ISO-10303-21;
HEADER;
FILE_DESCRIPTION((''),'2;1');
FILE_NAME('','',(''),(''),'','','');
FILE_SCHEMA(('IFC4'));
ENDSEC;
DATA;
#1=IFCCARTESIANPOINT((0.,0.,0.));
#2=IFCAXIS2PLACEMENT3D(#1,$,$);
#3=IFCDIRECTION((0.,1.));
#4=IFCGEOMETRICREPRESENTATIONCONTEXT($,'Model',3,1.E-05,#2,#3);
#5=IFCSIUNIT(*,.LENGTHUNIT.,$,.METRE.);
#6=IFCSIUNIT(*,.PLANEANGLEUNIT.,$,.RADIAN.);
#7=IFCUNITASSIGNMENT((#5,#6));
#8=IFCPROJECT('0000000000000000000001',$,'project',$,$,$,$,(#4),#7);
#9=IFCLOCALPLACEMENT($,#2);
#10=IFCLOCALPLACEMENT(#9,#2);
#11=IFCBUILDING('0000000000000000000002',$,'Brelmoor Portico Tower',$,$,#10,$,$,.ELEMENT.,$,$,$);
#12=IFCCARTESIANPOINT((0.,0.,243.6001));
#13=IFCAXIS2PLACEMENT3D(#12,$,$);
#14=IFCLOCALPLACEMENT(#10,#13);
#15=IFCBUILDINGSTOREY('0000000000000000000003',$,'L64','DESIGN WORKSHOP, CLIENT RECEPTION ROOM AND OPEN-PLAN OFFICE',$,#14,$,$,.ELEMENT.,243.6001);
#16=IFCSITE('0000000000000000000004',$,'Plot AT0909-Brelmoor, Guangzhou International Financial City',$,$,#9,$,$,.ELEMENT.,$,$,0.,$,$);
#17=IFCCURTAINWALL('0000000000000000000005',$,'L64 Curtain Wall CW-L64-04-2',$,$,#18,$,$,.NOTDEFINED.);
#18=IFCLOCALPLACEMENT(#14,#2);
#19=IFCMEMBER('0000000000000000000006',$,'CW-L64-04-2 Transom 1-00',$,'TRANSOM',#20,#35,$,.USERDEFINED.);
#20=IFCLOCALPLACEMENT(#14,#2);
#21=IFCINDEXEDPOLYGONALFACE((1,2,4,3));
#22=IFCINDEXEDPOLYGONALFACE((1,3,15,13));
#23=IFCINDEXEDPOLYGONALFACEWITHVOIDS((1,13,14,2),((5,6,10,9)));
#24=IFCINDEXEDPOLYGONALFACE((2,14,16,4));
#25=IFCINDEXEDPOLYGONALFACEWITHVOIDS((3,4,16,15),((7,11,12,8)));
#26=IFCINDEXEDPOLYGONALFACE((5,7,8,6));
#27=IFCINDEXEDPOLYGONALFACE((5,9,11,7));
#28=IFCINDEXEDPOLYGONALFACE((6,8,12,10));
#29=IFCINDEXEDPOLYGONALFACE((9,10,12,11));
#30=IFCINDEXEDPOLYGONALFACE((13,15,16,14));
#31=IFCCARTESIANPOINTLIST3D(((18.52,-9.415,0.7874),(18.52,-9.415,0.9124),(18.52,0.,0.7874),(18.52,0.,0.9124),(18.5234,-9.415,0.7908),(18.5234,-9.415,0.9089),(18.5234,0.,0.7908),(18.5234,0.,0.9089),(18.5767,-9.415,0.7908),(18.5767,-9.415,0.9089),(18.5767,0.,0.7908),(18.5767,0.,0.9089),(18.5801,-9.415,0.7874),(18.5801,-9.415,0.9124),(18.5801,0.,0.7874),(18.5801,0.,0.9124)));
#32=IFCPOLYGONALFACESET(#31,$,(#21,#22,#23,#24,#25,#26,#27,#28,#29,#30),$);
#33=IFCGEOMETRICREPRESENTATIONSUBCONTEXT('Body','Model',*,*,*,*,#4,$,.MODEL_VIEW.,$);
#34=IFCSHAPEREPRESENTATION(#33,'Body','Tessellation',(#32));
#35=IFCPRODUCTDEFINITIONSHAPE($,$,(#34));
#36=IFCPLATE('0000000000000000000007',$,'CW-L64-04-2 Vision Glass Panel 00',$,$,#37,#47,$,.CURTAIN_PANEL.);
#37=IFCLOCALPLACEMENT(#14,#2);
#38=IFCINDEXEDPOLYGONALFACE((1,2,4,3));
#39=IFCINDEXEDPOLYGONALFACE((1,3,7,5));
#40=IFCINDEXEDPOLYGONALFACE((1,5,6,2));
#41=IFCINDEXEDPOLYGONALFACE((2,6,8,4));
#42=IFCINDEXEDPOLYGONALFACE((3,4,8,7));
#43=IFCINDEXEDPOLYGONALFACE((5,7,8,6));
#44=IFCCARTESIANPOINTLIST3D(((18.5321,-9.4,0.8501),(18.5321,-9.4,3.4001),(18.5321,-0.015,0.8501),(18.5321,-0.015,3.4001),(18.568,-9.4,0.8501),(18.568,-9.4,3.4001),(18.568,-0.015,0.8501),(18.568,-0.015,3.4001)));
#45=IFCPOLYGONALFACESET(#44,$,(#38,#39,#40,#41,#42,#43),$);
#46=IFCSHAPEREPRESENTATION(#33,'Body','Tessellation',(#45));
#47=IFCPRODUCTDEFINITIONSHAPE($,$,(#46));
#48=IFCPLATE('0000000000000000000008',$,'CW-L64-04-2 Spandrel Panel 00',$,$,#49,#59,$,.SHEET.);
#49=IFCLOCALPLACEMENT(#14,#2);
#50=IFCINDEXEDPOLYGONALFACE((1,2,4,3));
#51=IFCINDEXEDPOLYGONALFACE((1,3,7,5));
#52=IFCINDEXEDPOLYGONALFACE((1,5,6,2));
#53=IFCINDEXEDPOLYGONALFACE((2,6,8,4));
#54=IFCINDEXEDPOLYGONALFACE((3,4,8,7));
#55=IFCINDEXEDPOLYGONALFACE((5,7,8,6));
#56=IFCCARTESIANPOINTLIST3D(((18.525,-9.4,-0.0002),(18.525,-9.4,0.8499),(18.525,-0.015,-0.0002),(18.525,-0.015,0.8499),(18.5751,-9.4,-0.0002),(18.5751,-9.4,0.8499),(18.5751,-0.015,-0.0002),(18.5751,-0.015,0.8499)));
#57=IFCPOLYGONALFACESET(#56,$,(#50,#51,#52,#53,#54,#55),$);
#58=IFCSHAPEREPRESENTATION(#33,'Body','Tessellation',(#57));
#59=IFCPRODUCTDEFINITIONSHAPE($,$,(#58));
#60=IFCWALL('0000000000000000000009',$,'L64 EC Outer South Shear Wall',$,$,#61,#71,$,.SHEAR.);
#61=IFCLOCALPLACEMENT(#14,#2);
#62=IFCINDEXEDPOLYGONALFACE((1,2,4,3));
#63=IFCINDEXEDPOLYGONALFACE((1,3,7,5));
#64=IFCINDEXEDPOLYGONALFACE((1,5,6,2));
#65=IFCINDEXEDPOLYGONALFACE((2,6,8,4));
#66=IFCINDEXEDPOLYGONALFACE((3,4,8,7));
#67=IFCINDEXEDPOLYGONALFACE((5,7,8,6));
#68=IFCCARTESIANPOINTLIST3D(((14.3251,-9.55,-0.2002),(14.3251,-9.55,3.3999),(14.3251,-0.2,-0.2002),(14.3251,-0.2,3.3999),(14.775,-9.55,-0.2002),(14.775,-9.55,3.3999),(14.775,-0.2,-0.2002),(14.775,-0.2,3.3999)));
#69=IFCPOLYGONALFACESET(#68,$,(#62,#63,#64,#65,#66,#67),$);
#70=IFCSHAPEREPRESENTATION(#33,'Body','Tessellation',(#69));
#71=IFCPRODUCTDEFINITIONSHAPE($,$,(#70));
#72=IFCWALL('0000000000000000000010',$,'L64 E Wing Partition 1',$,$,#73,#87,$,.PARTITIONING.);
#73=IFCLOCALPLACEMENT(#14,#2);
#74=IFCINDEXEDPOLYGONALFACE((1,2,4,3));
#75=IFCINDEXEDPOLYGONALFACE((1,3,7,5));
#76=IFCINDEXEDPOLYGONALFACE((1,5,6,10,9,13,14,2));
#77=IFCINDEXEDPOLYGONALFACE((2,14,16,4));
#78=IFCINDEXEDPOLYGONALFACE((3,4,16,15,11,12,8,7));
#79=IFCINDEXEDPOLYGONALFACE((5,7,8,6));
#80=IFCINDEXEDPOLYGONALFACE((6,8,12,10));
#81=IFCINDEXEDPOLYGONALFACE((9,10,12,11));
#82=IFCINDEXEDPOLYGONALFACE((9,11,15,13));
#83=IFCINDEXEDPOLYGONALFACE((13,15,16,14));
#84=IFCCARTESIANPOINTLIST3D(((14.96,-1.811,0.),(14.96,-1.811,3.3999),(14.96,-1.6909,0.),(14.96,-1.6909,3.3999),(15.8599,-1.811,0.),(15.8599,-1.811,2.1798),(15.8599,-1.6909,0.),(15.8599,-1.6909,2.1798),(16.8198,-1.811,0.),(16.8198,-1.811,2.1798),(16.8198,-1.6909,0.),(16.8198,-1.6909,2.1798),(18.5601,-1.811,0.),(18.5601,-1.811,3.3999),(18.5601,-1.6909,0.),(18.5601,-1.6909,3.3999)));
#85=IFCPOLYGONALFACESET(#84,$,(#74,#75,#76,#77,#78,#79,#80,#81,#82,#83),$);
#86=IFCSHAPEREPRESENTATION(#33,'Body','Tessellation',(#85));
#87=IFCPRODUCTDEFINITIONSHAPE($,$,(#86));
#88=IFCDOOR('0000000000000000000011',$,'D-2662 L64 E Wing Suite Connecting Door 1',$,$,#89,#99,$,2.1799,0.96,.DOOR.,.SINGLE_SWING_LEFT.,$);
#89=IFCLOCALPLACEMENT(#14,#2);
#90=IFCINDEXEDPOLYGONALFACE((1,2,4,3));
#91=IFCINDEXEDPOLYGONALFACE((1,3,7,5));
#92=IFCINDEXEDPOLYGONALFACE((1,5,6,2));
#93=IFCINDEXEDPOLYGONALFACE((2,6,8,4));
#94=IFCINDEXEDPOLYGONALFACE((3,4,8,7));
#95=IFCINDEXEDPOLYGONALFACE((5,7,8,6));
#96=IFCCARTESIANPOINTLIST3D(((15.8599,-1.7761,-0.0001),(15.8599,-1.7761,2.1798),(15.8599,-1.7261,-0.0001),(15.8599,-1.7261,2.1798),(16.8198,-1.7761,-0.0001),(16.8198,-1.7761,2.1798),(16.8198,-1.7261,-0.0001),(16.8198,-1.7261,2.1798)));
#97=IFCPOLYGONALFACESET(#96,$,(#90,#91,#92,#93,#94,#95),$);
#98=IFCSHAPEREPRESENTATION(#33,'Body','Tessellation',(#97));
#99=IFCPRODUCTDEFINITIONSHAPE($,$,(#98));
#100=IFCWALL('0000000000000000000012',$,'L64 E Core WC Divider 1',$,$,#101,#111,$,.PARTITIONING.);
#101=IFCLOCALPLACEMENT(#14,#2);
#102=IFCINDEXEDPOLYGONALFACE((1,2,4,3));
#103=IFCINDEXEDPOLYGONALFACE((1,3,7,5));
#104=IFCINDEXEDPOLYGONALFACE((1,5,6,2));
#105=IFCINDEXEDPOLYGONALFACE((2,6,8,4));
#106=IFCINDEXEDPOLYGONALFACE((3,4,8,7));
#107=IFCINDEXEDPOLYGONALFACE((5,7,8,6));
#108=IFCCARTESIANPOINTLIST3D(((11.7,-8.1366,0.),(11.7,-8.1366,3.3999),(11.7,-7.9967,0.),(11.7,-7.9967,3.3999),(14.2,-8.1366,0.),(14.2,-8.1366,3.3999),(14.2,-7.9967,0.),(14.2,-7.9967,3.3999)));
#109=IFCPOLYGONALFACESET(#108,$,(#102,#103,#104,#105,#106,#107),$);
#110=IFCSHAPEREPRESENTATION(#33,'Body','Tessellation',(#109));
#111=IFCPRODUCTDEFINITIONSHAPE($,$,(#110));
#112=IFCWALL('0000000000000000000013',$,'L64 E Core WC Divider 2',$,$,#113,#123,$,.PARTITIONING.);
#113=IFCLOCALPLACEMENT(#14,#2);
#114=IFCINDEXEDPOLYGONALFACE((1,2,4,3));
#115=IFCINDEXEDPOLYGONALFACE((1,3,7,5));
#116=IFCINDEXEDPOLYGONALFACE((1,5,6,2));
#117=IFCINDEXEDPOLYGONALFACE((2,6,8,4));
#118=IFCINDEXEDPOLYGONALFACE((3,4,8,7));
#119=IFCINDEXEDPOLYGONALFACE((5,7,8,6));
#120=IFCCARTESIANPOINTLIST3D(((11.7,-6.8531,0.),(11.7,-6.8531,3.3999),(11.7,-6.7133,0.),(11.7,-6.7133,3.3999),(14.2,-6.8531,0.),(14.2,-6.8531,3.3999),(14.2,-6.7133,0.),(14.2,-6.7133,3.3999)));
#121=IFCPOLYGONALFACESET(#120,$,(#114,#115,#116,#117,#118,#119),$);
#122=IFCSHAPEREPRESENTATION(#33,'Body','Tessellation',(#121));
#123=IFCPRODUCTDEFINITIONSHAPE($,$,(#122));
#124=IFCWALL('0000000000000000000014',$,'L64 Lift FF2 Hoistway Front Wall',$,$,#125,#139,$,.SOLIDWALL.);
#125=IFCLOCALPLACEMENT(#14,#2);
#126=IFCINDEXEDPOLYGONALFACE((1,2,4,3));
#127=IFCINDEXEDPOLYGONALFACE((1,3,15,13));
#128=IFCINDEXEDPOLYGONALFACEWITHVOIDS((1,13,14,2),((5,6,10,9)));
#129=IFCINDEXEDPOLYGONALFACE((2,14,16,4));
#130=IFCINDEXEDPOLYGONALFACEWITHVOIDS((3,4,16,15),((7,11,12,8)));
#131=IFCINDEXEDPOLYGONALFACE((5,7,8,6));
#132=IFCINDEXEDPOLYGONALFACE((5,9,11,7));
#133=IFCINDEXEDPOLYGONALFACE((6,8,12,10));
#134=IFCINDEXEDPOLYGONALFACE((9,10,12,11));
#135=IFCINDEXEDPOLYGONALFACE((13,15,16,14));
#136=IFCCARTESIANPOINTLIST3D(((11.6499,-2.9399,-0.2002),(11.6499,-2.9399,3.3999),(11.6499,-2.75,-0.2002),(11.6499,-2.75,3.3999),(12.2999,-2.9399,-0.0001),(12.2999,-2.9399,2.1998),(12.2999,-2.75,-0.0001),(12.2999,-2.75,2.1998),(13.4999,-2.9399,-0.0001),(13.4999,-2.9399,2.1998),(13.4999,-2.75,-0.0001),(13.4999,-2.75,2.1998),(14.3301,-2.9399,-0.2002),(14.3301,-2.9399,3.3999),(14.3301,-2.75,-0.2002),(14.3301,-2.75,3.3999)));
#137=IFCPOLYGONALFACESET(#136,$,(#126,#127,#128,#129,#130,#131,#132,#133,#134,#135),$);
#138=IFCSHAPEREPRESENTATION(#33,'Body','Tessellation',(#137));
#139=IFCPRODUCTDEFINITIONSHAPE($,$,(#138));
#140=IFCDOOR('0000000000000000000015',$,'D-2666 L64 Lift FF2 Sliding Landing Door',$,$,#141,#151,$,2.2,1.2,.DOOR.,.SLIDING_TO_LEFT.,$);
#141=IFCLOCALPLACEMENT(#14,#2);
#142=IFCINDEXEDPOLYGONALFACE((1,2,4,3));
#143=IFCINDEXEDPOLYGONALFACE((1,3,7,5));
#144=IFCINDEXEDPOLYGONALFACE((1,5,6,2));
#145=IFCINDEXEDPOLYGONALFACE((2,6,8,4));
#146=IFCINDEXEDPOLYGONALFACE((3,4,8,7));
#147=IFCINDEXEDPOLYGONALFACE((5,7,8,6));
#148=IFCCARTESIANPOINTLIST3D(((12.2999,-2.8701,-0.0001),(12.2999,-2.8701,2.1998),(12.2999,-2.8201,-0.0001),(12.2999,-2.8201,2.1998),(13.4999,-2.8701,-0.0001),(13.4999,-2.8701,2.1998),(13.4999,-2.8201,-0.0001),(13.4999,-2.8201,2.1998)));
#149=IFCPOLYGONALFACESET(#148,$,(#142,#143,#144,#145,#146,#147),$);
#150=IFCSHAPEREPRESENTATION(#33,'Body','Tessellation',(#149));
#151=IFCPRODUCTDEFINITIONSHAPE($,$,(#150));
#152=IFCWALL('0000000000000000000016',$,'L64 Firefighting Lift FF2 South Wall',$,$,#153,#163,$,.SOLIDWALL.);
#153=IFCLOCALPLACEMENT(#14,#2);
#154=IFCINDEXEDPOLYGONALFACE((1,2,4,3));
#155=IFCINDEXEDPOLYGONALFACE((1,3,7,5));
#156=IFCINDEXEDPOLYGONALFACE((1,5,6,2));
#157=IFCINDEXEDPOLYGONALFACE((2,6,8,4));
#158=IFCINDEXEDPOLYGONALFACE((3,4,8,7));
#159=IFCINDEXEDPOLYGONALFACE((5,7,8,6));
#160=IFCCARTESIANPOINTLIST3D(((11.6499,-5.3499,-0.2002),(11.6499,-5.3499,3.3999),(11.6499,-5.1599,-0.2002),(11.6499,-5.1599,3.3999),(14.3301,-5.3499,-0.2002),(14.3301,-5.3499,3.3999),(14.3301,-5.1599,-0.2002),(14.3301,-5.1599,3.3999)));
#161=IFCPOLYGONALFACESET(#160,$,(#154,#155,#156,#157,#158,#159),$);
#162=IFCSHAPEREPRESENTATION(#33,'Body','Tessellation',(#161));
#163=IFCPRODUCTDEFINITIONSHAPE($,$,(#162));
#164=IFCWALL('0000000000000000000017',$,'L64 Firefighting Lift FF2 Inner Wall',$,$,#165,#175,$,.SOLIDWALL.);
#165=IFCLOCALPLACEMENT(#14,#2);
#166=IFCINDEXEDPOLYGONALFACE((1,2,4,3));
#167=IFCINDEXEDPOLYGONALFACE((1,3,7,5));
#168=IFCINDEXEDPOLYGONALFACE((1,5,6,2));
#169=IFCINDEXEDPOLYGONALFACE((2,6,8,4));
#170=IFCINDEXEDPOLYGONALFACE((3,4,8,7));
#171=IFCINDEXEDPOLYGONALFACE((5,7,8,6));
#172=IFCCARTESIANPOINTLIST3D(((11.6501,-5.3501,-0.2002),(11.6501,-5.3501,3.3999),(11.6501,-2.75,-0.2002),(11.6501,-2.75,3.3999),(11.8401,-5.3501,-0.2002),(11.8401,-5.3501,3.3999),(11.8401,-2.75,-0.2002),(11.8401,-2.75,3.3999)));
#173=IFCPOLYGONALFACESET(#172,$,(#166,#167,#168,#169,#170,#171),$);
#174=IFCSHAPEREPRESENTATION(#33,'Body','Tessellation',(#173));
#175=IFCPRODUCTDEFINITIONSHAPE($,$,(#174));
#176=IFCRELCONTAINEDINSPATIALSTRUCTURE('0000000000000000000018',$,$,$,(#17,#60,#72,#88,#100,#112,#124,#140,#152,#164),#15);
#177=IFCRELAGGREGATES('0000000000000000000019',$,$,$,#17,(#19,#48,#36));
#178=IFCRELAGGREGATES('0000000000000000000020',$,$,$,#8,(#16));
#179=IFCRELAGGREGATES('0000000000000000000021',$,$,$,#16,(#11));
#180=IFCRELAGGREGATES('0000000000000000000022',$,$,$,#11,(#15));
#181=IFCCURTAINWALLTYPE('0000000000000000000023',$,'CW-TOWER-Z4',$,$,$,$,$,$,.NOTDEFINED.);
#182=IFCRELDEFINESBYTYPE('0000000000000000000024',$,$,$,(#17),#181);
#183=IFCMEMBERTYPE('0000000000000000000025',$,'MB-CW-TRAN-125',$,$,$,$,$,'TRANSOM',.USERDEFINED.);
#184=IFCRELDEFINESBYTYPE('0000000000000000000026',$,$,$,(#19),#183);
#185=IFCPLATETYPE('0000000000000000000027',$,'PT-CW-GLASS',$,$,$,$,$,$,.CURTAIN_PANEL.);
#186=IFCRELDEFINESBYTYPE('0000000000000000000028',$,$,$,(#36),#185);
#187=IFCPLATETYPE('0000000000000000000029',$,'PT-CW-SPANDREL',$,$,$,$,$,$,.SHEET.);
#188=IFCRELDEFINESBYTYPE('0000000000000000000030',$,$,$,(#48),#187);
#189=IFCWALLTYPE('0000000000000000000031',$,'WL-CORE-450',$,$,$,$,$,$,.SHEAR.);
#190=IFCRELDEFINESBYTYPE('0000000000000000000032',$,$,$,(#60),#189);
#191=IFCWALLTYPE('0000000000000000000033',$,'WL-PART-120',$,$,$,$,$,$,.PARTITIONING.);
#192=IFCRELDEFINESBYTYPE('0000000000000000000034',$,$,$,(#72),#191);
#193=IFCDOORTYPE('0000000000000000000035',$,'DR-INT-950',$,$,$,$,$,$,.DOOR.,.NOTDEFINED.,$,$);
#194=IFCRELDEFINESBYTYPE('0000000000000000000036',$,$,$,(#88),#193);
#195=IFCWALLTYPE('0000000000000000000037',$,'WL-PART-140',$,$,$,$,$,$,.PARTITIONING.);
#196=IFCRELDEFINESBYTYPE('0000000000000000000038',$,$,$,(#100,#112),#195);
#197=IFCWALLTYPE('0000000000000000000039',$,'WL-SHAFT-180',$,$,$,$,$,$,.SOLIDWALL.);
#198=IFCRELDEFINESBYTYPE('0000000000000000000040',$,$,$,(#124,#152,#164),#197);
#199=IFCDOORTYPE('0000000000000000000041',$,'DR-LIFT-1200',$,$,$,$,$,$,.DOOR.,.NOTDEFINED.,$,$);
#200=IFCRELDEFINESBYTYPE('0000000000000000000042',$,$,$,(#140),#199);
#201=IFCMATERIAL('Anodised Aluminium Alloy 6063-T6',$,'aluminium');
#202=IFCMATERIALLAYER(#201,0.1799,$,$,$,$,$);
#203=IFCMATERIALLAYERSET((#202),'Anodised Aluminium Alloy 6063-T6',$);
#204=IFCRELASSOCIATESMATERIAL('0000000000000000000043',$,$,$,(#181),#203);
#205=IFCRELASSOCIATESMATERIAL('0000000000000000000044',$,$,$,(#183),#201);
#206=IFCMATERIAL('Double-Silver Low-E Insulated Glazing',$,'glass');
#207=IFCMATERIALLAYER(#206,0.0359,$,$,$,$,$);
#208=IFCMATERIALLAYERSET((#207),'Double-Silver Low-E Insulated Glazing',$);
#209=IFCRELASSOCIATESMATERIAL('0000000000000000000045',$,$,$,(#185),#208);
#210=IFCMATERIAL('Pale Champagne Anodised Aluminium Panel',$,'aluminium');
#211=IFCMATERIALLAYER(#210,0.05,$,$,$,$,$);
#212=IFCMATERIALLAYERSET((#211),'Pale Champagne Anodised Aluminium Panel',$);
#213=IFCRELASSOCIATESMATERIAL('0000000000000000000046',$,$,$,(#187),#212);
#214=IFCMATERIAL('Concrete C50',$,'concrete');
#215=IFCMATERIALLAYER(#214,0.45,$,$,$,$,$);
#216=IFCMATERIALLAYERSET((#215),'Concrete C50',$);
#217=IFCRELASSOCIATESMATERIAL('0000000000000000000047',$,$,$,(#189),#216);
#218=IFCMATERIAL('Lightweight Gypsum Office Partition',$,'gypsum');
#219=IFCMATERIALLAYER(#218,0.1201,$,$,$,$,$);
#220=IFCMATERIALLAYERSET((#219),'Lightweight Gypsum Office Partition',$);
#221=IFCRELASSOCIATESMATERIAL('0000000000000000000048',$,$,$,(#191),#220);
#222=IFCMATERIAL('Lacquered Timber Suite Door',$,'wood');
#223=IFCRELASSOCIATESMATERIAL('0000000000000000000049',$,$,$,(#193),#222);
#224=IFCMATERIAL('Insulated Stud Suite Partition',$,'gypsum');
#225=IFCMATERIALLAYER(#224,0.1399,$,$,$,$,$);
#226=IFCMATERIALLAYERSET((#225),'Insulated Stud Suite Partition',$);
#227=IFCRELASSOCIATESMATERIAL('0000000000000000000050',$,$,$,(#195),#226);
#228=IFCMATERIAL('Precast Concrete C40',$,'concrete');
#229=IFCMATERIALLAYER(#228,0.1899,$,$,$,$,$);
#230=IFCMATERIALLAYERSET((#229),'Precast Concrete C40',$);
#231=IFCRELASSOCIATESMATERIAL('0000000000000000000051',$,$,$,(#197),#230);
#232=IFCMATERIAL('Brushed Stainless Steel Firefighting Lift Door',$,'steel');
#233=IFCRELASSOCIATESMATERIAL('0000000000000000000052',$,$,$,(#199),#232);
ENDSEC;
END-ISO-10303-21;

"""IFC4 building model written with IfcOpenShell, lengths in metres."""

from ifc_helpers import new_model, si_unit, direction, frame, frame_2d, origin, origin_2d, place, context, subcontext, project, spatial, rectangle, hollow_rectangle, extrude, material, layer, layer_set, material_profile, profile_set, type_object, element, fill, aggregate, save


model = new_model("IFC4")

# Units and contexts
model_context = context("Model", 3, precision=1e-05, world=origin(), true_north=direction((0.0, 1.0)))
body_context = subcontext(model_context, "Body", "Model", "MODEL_VIEW")
ifc_project = project(units=[si_unit("LENGTHUNIT", "METRE"), si_unit("PLANEANGLEUNIT", "RADIAN")], contexts=[model_context])

# Site, building, storey
site_placement = place(None, origin())
site = spatial("IfcSite", under=ifc_project, at=site_placement, Name="Plot AT0909-Brelmoor, Guangzhou International Financial City", CompositionType="ELEMENT", RefElevation=0.0)
building_placement = place(site_placement, origin())
building = spatial("IfcBuilding", under=site, at=building_placement, Name="Brelmoor Portico Tower", CompositionType="ELEMENT")
storey_placement = place(building_placement, frame((0.0, 0.0, 243.6001)))
storey = spatial("IfcBuildingStorey", under=building, at=storey_placement, Name="L64", Description="DESIGN WORKSHOP, CLIENT RECEPTION ROOM AND OPEN-PLAN OFFICE", CompositionType="ELEMENT", Elevation=243.6001)

# Curtain wall, member, plates
ifc_material_1 = material(Name="Anodised Aluminium Alloy 6063-T6", Category="aluminium")
ifc_layer_1 = layer(ifc_material_1, 0.1799)
ifc_layer_set_1 = layer_set([ifc_layer_1], Name="Anodised Aluminium Alloy 6063-T6")
curtain_wall_type = type_object("IfcCurtainWallType", Name="CW-TOWER-Z4", PredefinedType="NOTDEFINED", material=ifc_layer_set_1)
curtain_wall_placement = place(storey_placement, origin())
curtain_wall = element("IfcCurtainWall", 1, at=curtain_wall_placement, inside=storey, type_object=curtain_wall_type, Name="L64 Curtain Wall CW-L64-04-2", PredefinedType="NOTDEFINED")
ifc_material_profile_1 = material_profile(ifc_material_1, hollow_rectangle(XDim=0.0601, YDim=0.125, WallThickness=0.0034, at=origin_2d()), Name="ALU TRANSOM 60x125")
ifc_profile_set_1 = profile_set([ifc_material_profile_1], Name="Anodised Aluminium Alloy 6063-T6")
member_type_1 = type_object("IfcMemberType", Name="MB-CW-TRAN-125", ElementType="TRANSOM", PredefinedType="USERDEFINED", material=ifc_profile_set_1)
member_1_placement = place(storey_placement, frame((18.55, -9.415, 0.8499), z_axis=(0.0, 1.0, 0.0), x_axis=(-1.0, 0.0, 0.0)))
member_1 = element("IfcMember", 2, at=member_1_placement, type_object=member_type_1, Name="CW-L64-04-2 Transom 1-00", ObjectType="TRANSOM", PredefinedType="USERDEFINED", context=body_context, shape_type="SweptSolid", body=[
    extrude(hollow_rectangle(XDim=0.0601, YDim=0.125, WallThickness=0.0034, at=origin_2d()), origin(), (0.0, 0.0, 1.0), 9.415),
])
ifc_material_2 = material(Name="Double-Silver Low-E Insulated Glazing", Category="glass")
ifc_layer_2 = layer(ifc_material_2, 0.0359)
ifc_layer_set_2 = layer_set([ifc_layer_2], Name="Double-Silver Low-E Insulated Glazing")
plate_type_1 = type_object("IfcPlateType", Name="PT-CW-GLASS", PredefinedType="CURTAIN_PANEL", material=ifc_layer_set_2)
plate_1_placement = place(storey_placement, frame((18.55, -4.7075, 0.8501), z_axis=(0.0, 0.0, 1.0), x_axis=(0.0, 1.0, 0.0)))
plate_1 = element("IfcPlate", 3, at=plate_1_placement, type_object=plate_type_1, Name="CW-L64-04-2 Vision Glass Panel 00", PredefinedType="CURTAIN_PANEL", context=body_context, shape_type="SweptSolid", body=[
    extrude(rectangle(XDim=9.385, YDim=0.0359, at=origin_2d()), origin(), (0.0, 0.0, 1.0), 2.55),
])
ifc_material_3 = material(Name="Pale Champagne Anodised Aluminium Panel", Category="aluminium")
ifc_layer_3 = layer(ifc_material_3, 0.05)
ifc_layer_set_3 = layer_set([ifc_layer_3], Name="Pale Champagne Anodised Aluminium Panel")
plate_type_2 = type_object("IfcPlateType", Name="PT-CW-SPANDREL", PredefinedType="SHEET", material=ifc_layer_set_3)
plate_2_placement = place(storey_placement, frame((18.55, -4.7075, -0.0002), z_axis=(0.0, 0.0, 1.0), x_axis=(0.0, 1.0, 0.0)))
plate_2 = element("IfcPlate", 4, at=plate_2_placement, type_object=plate_type_2, Name="CW-L64-04-2 Spandrel Panel 00", PredefinedType="SHEET", context=body_context, shape_type="SweptSolid", body=[
    extrude(rectangle(XDim=9.385, YDim=0.05, at=origin_2d()), origin(), (0.0, 0.0, 1.0), 0.8501),
])
aggregate(curtain_wall, [member_1, plate_2, plate_1])

# Wall
ifc_material_4 = material(Name="Concrete C50", Category="concrete")
ifc_layer_4 = layer(ifc_material_4, 0.45)
ifc_layer_set_4 = layer_set([ifc_layer_4], Name="Concrete C50")
wall_type_1 = type_object("IfcWallType", Name="WL-CORE-450", PredefinedType="SHEAR", material=ifc_layer_set_4)
wall_1_placement = place(storey_placement, frame((14.55, -9.55, -0.2002), z_axis=(0.0, 0.0, 1.0), x_axis=(0.0, 1.0, 0.0)))
element("IfcWall", 5, at=wall_1_placement, inside=storey, type_object=wall_type_1, Name="L64 EC Outer South Shear Wall", PredefinedType="SHEAR", context=body_context, shape_type="SweptSolid", body=[
    extrude(rectangle(XDim=9.3501, YDim=0.45, at=frame_2d((4.675, 0.0))), origin(), (0.0, 0.0, 1.0), 3.6001),
])

# Wall, opening, door
ifc_material_5 = material(Name="Lightweight Gypsum Office Partition", Category="gypsum")
ifc_layer_5 = layer(ifc_material_5, 0.1201)
ifc_layer_set_5 = layer_set([ifc_layer_5], Name="Lightweight Gypsum Office Partition")
wall_type_2 = type_object("IfcWallType", Name="WL-PART-120", PredefinedType="PARTITIONING", material=ifc_layer_set_5)
wall_2_placement = place(storey_placement, frame((14.96, -1.751, 0.0), z_axis=(0.0, 0.0, 1.0), x_axis=(1.0, 0.0, 0.0)))
wall_2 = element("IfcWall", 6, at=wall_2_placement, inside=storey, type_object=wall_type_2, Name="L64 E Wing Partition 1", PredefinedType="PARTITIONING", context=body_context, shape_type="SweptSolid", body=[
    extrude(rectangle(XDim=3.6001, YDim=0.1201, at=frame_2d((1.8, 0.0))), origin(), (0.0, 0.0, 1.0), 3.3999),
])
opening_1_placement = place(wall_2_placement, frame((0.8999, 0.0, 0.0)))
opening_1 = element("IfcOpeningElement", 7, at=opening_1_placement, cuts=wall_2, PredefinedType="OPENING", context=body_context, shape_type="SweptSolid", body=[
    extrude(rectangle(XDim=0.96, YDim=2.1799, at=frame_2d((0.48, 1.0898))), frame((0.0, 0.0701, 0.0), z_axis=(0.0, -1.0, 0.0), x_axis=(1.0, 0.0, 0.0)), (0.0, 0.0, 1.0), 0.1401),
])
ifc_material_6 = material(Name="Lacquered Timber Suite Door", Category="wood")
door_type_1 = type_object("IfcDoorType", Name="DR-INT-950", OperationType="NOTDEFINED", PredefinedType="DOOR", material=ifc_material_6)
door_1_placement = place(opening_1_placement, origin())
door_1 = element("IfcDoor", 8, at=door_1_placement, inside=storey, type_object=door_type_1, Name="D-2662 L64 E Wing Suite Connecting Door 1", OperationType="SINGLE_SWING_LEFT", OverallHeight=2.1799, OverallWidth=0.96, PredefinedType="DOOR", context=body_context, shape_type="SweptSolid", body=[
    extrude(rectangle(XDim=0.96, YDim=2.1799, at=frame_2d((0.48, 1.0898))), frame((0.0, 0.0249, 0.0), z_axis=(0.0, -1.0, 0.0), x_axis=(1.0, 0.0, 0.0)), (0.0, 0.0, 1.0), 0.05),
])
fill(opening_1, door_1)

# Walls
ifc_material_7 = material(Name="Insulated Stud Suite Partition", Category="gypsum")
ifc_layer_6 = layer(ifc_material_7, 0.1399)
ifc_layer_set_6 = layer_set([ifc_layer_6], Name="Insulated Stud Suite Partition")
wall_type_3 = type_object("IfcWallType", Name="WL-PART-140", PredefinedType="PARTITIONING", material=ifc_layer_set_6)
for number, where, z_axis, x_axis, name in (
    (9, (11.7, -8.0667, 0.0), (0.0, 0.0, 1.0), (1.0, 0.0, 0.0), "L64 E Core WC Divider 1"),
    (10, (11.7, -6.7832, 0.0), (0.0, 0.0, 1.0), (1.0, 0.0, 0.0), "L64 E Core WC Divider 2"),
):
    element("IfcWall", number, at=place(storey_placement, frame(where, z_axis=z_axis, x_axis=x_axis)), inside=storey, type_object=wall_type_3, Name=name, PredefinedType="PARTITIONING", context=body_context, shape_type="SweptSolid", body=[
        extrude(rectangle(XDim=2.5, YDim=0.1399, at=frame_2d((1.25, 0.0))), origin(), (0.0, 0.0, 1.0), 3.3999),
    ])

# Wall, opening, door
ifc_material_8 = material(Name="Precast Concrete C40", Category="concrete")
ifc_layer_7 = layer(ifc_material_8, 0.1899)
ifc_layer_set_7 = layer_set([ifc_layer_7], Name="Precast Concrete C40")
wall_type_4 = type_object("IfcWallType", Name="WL-SHAFT-180", PredefinedType="SOLIDWALL", material=ifc_layer_set_7)
wall_3_placement = place(storey_placement, frame((11.6499, -2.845, -0.2002), z_axis=(0.0, 0.0, 1.0), x_axis=(1.0, 0.0, 0.0)))
wall_3 = element("IfcWall", 11, at=wall_3_placement, inside=storey, type_object=wall_type_4, Name="L64 Lift FF2 Hoistway Front Wall", PredefinedType="SOLIDWALL", context=body_context, shape_type="SweptSolid", body=[
    extrude(rectangle(XDim=2.6802, YDim=0.1899, at=frame_2d((1.3401, 0.0))), origin(), (0.0, 0.0, 1.0), 3.6001),
])
opening_2_placement = place(wall_3_placement, frame((0.6499, 0.0, 0.2)))
opening_2 = element("IfcOpeningElement", 12, at=opening_2_placement, cuts=wall_3, PredefinedType="OPENING", context=body_context, shape_type="SweptSolid", body=[
    extrude(rectangle(XDim=1.2, YDim=2.2, at=frame_2d((0.6001, 1.1001))), frame((0.0, 0.105, 0.0), z_axis=(0.0, -1.0, 0.0), x_axis=(1.0, 0.0, 0.0)), (0.0, 0.0, 1.0), 0.21),
])
ifc_material_9 = material(Name="Brushed Stainless Steel Firefighting Lift Door", Category="steel")
door_type_2 = type_object("IfcDoorType", Name="DR-LIFT-1200", OperationType="NOTDEFINED", PredefinedType="DOOR", material=ifc_material_9)
door_2_placement = place(opening_2_placement, origin())
door_2 = element("IfcDoor", 13, at=door_2_placement, inside=storey, type_object=door_type_2, Name="D-2666 L64 Lift FF2 Sliding Landing Door", OperationType="SLIDING_TO_LEFT", OverallHeight=2.2, OverallWidth=1.2, PredefinedType="DOOR", context=body_context, shape_type="SweptSolid", body=[
    extrude(rectangle(XDim=1.2, YDim=2.2, at=frame_2d((0.6001, 1.1001))), frame((0.0, 0.0249, 0.0), z_axis=(0.0, -1.0, 0.0), x_axis=(1.0, 0.0, 0.0)), (0.0, 0.0, 1.0), 0.05),
])
fill(opening_2, door_2)

# Walls
wall_4_placement = place(storey_placement, frame((11.6499, -5.2549, -0.2002), z_axis=(0.0, 0.0, 1.0), x_axis=(1.0, 0.0, 0.0)))
element("IfcWall", 14, at=wall_4_placement, inside=storey, type_object=wall_type_4, Name="L64 Firefighting Lift FF2 South Wall", PredefinedType="SOLIDWALL", context=body_context, shape_type="SweptSolid", body=[
    extrude(rectangle(XDim=2.6802, YDim=0.1899, at=frame_2d((1.3401, 0.0))), origin(), (0.0, 0.0, 1.0), 3.6001),
])
wall_5_placement = place(storey_placement, frame((11.7451, -5.3501, -0.2002), z_axis=(0.0, 0.0, 1.0), x_axis=(0.0, 1.0, 0.0)))
element("IfcWall", 15, at=wall_5_placement, inside=storey, type_object=wall_type_4, Name="L64 Firefighting Lift FF2 Inner Wall", PredefinedType="SOLIDWALL", context=body_context, shape_type="SweptSolid", body=[
    extrude(rectangle(XDim=2.6001, YDim=0.1899, at=frame_2d((1.3, 0.0))), origin(), (0.0, 0.0, 1.0), 3.6001),
])

save(model, "model.ifc")
